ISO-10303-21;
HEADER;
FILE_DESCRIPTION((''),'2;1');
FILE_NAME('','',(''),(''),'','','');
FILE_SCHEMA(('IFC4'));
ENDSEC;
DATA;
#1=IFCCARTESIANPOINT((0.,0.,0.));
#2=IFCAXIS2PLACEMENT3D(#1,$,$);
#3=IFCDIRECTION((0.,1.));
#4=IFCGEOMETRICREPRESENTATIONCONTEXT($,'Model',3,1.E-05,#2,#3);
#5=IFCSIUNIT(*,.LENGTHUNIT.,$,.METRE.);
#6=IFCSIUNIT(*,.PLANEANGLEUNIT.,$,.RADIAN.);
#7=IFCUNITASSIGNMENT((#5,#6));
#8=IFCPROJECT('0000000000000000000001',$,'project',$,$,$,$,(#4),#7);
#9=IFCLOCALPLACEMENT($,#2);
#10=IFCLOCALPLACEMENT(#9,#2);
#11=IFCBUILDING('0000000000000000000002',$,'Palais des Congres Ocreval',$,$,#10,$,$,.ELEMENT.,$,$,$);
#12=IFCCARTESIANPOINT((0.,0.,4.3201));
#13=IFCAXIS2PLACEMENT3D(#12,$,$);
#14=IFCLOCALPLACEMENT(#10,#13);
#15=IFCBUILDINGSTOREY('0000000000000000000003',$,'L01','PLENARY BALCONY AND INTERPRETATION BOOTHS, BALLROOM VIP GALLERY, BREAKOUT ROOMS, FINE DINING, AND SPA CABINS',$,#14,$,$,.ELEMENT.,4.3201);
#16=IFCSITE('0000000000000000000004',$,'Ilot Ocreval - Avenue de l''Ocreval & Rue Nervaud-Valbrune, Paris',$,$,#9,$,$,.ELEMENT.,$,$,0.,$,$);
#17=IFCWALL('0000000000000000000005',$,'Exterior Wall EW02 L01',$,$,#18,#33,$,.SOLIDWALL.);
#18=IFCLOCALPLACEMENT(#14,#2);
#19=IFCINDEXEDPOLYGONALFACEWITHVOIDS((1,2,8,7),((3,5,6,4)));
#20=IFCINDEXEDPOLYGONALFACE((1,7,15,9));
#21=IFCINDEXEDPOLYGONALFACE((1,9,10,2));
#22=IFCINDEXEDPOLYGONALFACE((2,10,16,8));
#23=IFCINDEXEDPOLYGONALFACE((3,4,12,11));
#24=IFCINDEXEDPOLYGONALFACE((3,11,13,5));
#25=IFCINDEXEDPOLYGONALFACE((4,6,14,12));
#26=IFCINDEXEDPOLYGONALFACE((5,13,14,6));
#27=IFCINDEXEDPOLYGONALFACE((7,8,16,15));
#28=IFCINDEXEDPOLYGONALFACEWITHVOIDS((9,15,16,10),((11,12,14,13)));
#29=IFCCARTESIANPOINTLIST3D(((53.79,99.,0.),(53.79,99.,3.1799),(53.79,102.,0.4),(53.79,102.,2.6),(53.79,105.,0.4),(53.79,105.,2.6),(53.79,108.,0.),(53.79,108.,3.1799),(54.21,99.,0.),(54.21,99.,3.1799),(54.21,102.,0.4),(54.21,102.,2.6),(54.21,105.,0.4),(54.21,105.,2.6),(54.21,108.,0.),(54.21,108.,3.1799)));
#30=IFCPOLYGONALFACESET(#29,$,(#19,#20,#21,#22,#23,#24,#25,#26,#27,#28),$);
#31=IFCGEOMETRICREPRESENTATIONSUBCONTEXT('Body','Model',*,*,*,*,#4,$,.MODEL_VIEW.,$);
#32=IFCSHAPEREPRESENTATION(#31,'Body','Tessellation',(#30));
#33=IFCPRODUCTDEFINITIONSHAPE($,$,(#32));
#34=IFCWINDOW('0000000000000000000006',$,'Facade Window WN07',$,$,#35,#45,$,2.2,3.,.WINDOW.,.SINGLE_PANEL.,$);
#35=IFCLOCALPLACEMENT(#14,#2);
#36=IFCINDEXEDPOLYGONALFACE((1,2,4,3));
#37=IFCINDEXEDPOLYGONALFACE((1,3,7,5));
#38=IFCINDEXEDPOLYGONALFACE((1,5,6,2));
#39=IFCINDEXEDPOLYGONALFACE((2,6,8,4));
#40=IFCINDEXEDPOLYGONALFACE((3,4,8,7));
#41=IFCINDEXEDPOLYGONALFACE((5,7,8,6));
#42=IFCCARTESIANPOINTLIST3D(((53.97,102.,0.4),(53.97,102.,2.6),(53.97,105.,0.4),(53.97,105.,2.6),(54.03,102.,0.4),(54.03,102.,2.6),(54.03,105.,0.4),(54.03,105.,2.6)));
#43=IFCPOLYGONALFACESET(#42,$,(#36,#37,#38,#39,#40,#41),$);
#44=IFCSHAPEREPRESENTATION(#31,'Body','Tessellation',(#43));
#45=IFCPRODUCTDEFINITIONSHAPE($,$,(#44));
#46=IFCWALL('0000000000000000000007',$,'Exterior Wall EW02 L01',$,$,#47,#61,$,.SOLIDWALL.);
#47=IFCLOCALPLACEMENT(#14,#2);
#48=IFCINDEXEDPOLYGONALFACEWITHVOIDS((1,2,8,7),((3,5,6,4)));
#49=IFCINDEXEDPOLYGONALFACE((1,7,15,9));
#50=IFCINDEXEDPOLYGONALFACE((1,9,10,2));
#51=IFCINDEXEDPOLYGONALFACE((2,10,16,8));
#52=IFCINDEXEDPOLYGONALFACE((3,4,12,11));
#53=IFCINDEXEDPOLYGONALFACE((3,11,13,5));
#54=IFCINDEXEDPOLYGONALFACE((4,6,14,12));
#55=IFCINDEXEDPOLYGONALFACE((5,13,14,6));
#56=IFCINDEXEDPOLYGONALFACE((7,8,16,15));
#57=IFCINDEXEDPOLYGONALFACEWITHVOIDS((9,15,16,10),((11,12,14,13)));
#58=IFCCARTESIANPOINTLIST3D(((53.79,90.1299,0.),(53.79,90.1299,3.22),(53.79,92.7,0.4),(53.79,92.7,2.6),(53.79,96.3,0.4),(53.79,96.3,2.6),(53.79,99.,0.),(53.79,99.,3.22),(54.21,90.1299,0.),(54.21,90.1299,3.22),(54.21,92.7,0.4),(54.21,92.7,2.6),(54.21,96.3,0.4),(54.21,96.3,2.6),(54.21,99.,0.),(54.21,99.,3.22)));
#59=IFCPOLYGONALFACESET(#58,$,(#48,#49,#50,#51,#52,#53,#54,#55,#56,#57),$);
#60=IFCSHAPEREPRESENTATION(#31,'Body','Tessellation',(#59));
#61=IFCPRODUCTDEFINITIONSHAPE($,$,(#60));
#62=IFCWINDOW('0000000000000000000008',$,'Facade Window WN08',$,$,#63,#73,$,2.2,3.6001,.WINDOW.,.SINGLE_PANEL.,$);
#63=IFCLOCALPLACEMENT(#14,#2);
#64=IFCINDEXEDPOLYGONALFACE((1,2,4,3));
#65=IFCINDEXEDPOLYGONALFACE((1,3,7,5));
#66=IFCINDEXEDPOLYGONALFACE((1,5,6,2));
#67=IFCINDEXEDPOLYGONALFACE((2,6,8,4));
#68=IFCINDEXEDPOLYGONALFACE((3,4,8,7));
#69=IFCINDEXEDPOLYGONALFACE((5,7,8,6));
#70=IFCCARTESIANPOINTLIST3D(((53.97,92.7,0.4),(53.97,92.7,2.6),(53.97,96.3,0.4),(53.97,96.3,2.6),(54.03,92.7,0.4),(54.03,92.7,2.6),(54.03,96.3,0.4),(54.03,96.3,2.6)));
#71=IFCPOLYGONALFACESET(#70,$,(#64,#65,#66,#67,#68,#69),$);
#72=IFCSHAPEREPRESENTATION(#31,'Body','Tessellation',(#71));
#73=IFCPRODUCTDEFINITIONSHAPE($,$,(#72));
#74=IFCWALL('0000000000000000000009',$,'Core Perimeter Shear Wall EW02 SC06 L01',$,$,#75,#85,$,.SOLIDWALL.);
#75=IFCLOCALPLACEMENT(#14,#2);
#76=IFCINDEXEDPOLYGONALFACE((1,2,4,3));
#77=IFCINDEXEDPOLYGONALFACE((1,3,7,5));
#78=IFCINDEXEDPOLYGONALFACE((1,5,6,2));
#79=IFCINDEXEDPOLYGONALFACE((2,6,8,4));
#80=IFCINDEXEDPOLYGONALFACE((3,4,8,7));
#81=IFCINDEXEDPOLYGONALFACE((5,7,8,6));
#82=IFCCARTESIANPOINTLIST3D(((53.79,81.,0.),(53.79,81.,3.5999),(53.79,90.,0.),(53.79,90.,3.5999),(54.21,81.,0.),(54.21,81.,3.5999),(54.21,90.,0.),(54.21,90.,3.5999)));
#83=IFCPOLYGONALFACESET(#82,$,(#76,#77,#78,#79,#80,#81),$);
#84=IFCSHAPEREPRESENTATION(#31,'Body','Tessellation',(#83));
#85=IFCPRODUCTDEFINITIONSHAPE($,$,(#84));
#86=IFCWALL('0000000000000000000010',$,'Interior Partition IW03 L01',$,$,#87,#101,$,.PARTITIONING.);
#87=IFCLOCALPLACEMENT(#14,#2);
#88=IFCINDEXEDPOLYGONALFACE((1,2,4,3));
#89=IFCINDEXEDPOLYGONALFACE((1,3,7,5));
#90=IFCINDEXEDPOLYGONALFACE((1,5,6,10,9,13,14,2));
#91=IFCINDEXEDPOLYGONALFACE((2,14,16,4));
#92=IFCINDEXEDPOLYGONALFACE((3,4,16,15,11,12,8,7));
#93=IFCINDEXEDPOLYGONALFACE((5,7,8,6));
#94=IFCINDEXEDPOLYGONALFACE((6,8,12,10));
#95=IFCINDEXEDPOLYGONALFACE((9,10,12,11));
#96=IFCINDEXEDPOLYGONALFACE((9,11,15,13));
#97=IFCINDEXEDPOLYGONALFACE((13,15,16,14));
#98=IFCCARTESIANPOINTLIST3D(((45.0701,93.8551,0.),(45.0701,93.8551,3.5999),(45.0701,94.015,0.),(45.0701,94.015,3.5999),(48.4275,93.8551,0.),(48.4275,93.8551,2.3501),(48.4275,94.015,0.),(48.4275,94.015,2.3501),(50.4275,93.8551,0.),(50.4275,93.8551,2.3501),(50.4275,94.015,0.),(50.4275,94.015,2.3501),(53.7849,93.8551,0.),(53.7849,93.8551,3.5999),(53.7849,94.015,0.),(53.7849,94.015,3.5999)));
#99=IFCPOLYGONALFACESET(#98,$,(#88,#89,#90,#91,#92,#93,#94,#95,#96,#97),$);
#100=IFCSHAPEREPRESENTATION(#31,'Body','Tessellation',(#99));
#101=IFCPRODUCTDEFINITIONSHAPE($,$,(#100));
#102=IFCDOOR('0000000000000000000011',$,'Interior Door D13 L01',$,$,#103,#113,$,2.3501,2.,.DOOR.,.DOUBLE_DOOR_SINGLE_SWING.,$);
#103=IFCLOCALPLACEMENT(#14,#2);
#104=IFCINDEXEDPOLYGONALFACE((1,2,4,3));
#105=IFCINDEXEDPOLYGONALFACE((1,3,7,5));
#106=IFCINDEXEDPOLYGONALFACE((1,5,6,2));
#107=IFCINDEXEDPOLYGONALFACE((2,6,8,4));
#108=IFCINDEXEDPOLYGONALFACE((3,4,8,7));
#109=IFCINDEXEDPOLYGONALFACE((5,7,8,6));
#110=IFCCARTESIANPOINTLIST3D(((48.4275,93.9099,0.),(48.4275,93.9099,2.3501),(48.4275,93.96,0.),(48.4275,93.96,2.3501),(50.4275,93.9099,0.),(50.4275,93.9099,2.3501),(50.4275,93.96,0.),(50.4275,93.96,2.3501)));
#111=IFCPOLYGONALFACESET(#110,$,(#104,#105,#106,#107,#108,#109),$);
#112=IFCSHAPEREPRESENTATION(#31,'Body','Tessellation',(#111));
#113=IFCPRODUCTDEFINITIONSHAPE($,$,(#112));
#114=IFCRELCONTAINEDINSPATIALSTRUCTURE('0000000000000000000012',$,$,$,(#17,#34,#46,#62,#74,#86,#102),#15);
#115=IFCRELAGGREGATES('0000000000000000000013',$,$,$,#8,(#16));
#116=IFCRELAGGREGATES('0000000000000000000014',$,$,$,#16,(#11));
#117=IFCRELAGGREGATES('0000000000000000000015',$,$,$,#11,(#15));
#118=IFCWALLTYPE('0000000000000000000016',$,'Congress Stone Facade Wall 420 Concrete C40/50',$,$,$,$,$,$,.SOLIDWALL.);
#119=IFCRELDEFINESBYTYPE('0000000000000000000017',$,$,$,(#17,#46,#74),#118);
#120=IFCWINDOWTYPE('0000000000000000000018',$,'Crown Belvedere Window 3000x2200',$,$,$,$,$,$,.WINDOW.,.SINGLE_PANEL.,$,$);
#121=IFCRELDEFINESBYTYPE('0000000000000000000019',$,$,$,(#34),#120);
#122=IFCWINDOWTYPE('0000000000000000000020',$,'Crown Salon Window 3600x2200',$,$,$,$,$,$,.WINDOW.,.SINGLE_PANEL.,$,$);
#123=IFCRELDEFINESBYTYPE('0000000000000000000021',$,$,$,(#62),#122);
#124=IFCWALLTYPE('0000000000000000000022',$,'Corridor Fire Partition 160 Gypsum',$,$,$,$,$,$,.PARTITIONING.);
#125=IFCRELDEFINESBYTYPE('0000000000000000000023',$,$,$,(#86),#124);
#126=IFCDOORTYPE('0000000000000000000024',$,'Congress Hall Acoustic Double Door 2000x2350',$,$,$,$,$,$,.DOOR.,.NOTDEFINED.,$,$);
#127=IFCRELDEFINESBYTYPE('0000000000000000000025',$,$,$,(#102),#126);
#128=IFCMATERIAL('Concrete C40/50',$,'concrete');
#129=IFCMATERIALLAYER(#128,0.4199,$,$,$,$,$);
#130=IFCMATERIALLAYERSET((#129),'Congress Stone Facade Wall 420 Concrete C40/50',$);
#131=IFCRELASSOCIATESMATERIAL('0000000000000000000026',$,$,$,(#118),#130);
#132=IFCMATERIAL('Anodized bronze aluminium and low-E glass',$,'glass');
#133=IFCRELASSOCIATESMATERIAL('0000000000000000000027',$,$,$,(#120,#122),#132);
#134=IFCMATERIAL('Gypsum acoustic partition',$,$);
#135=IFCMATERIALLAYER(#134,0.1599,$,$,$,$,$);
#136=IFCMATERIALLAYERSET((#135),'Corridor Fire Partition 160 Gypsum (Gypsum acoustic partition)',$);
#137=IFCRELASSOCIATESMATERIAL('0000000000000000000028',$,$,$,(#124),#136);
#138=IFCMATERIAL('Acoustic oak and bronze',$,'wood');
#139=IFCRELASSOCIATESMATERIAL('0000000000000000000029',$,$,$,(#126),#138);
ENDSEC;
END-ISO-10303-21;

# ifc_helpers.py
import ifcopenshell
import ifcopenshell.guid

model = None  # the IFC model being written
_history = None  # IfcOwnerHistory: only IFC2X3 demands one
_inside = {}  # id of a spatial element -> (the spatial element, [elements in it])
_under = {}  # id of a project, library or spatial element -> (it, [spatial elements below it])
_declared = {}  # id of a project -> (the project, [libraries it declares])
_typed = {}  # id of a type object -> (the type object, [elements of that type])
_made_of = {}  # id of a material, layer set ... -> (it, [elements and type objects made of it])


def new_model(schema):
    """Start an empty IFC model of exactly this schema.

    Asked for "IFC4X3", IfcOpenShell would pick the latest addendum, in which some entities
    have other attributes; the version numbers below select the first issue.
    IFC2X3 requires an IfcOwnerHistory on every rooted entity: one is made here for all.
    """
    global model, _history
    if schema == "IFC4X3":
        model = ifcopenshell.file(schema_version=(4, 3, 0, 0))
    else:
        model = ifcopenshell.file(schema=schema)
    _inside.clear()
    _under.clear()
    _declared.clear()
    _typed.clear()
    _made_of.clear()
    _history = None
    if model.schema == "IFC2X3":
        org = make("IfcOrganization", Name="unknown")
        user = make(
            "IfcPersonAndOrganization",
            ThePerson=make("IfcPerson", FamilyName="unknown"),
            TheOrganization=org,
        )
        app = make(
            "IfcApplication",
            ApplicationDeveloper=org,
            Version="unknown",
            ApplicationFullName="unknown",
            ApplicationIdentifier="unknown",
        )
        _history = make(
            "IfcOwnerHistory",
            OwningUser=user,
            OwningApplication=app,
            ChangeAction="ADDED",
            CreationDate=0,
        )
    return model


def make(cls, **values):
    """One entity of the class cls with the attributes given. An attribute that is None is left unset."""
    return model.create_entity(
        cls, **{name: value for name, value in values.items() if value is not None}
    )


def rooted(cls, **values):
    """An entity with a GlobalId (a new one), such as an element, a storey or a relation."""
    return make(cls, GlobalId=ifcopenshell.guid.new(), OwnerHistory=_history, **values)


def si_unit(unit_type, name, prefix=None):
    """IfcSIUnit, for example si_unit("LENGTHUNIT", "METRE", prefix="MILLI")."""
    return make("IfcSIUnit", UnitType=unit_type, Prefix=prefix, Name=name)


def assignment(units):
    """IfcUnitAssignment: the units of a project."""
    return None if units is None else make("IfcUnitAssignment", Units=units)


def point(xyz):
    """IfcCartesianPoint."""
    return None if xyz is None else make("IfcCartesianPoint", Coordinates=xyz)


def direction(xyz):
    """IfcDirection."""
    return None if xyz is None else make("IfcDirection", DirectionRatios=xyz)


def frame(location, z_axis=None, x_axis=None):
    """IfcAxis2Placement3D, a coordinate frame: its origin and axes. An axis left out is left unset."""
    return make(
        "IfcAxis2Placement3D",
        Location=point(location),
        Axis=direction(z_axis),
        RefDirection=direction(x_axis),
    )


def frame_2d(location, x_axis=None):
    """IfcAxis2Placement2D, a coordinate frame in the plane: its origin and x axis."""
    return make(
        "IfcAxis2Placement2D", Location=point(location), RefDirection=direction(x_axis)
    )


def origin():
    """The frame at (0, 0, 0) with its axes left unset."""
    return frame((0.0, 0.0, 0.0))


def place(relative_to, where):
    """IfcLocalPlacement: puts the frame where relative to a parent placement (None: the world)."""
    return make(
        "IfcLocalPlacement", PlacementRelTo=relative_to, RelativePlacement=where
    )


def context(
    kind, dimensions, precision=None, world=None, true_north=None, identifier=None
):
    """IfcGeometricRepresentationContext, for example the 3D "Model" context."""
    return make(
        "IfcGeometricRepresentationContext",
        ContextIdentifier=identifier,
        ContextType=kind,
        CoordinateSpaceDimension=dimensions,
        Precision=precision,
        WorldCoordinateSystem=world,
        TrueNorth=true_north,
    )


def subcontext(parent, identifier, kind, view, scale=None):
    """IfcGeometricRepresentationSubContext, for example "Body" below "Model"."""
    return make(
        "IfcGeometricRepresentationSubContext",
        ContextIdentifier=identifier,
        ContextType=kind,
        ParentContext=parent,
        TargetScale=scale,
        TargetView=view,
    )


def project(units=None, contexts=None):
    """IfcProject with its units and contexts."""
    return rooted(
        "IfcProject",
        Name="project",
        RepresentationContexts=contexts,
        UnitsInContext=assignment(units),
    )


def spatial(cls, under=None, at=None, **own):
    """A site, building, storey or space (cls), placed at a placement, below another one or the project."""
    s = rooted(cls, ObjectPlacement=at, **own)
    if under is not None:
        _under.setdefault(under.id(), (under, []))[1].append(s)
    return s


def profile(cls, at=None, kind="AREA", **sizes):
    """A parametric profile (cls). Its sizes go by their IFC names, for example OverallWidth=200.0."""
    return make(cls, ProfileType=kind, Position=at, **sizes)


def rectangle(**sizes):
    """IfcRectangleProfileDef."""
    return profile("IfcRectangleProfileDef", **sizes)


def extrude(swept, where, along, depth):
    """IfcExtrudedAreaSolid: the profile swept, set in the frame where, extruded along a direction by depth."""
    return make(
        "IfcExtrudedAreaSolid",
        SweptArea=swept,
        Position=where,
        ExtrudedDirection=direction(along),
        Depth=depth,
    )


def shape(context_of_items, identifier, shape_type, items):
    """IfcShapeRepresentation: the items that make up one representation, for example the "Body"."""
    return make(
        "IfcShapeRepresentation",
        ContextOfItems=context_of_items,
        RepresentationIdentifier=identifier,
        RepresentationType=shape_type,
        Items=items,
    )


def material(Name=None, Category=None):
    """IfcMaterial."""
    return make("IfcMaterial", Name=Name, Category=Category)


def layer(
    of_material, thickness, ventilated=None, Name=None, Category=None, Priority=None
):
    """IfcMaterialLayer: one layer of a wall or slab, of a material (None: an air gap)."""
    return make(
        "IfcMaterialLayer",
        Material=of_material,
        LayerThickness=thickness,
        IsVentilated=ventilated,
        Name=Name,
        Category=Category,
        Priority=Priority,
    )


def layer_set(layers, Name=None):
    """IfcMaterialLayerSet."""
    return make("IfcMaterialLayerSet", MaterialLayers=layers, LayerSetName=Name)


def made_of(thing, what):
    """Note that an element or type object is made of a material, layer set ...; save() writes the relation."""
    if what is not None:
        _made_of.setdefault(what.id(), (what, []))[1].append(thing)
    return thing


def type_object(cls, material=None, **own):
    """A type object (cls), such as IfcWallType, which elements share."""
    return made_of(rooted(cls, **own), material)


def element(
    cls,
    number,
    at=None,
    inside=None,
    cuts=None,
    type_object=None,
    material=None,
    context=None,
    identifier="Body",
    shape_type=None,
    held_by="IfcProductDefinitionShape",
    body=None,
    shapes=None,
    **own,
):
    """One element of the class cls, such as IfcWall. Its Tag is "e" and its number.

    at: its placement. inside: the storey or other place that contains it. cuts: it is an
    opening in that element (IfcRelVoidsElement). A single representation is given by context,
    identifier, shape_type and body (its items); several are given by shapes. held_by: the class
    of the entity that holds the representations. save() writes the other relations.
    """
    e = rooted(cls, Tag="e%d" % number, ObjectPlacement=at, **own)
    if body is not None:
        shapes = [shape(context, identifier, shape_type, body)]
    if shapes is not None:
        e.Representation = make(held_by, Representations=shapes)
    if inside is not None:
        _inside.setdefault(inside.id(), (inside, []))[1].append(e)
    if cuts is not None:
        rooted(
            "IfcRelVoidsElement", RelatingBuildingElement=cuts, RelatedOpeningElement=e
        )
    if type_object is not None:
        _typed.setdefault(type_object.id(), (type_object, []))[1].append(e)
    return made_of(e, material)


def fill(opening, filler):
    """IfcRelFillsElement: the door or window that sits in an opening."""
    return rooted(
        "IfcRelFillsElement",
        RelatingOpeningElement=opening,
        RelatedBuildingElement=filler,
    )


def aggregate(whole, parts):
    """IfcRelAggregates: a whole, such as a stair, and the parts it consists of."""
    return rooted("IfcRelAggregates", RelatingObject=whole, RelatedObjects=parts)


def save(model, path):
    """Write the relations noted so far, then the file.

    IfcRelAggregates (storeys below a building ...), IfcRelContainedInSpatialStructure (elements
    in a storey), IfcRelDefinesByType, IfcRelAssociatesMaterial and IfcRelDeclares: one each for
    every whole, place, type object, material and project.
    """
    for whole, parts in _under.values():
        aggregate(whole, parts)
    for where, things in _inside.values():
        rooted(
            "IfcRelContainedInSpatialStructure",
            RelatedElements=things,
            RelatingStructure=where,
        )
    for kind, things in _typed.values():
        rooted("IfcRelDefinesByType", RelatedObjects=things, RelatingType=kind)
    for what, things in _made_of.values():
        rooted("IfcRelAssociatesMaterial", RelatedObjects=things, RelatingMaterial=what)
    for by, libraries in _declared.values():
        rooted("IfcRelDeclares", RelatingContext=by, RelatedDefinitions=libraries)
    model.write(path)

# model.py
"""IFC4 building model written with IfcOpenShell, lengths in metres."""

from ifc_helpers import new_model, si_unit, direction, frame, frame_2d, origin, place, context, subcontext, project, spatial, rectangle, extrude, material, layer, layer_set, type_object, element, fill, save


model = new_model("IFC4")

# Units and contexts
model_context = context("Model", 3, precision=1e-05, world=origin(), true_north=direction((0.0, 1.0)))
body_context = subcontext(model_context, "Body", "Model", "MODEL_VIEW")
ifc_project = project(units=[si_unit("LENGTHUNIT", "METRE"), si_unit("PLANEANGLEUNIT", "RADIAN")], contexts=[model_context])

# Site, building, storey
site_placement = place(None, origin())
site = spatial("IfcSite", under=ifc_project, at=site_placement, Name="Ilot Ocreval - Avenue de l'Ocreval & Rue Nervaud-Valbrune, Paris", CompositionType="ELEMENT", RefElevation=0.0)
building_placement = place(site_placement, origin())
building = spatial("IfcBuilding", under=site, at=building_placement, Name="Palais des Congres Ocreval", CompositionType="ELEMENT")
storey_placement = place(building_placement, frame((0.0, 0.0, 4.3201)))
storey = spatial("IfcBuildingStorey", under=building, at=storey_placement, Name="L01", Description="PLENARY BALCONY AND INTERPRETATION BOOTHS, BALLROOM VIP GALLERY, BREAKOUT ROOMS, FINE DINING, AND SPA CABINS", CompositionType="ELEMENT", Elevation=4.3201)

# Shared definitions
ifc_material_1 = material(Name="Concrete C40/50", Category="concrete")
ifc_layer_1 = layer(ifc_material_1, 0.4199)
ifc_layer_set_1 = layer_set([ifc_layer_1], Name="Congress Stone Facade Wall 420 Concrete C40/50")
wall_type_1 = type_object("IfcWallType", Name="Congress Stone Facade Wall 420 Concrete C40/50", PredefinedType="SOLIDWALL", material=ifc_layer_set_1)

# Walls, openings, windows
ifc_material_2 = material(Name="Anodized bronze aluminium and low-E glass", Category="glass")
wall_1_placement = place(storey_placement, frame((54.0, 108.0, 0.0), z_axis=(0.0, 0.0, 1.0), x_axis=(0.0, -1.0, 0.0)))
wall_1 = element("IfcWall", 1, at=wall_1_placement, inside=storey, type_object=wall_type_1, Name="Exterior Wall EW02 L01", PredefinedType="SOLIDWALL", context=body_context, shape_type="SweptSolid", body=[
    extrude(rectangle(XDim=9.0, YDim=0.4199, at=frame_2d((4.5, 0.0))), origin(), (0.0, 0.0, 1.0), 3.1799),
])
opening_1_placement = place(wall_1_placement, frame((3.0, 0.0, 0.3999)))
opening_1 = element("IfcOpeningElement", 2, at=opening_1_placement, cuts=wall_1, PredefinedType="OPENING", context=body_context, shape_type="SweptSolid", body=[
    extrude(rectangle(XDim=3.0, YDim=2.2, at=frame_2d((1.5, 1.1001))), frame((0.0, 0.22, 0.0), z_axis=(0.0, -1.0, 0.0), x_axis=(1.0, 0.0, 0.0)), (0.0, 0.0, 1.0), 0.4399),
])
window_type_1 = type_object("IfcWindowType", Name="Crown Belvedere Window 3000x2200", PartitioningType="SINGLE_PANEL", PredefinedType="WINDOW", material=ifc_material_2)
window_1_placement = place(opening_1_placement, origin())
window_1 = element("IfcWindow", 3, at=window_1_placement, inside=storey, type_object=window_type_1, Name="Facade Window WN07", OverallHeight=2.2, OverallWidth=3.0, PartitioningType="SINGLE_PANEL", PredefinedType="WINDOW", context=body_context, shape_type="SweptSolid", body=[
    extrude(rectangle(XDim=3.0, YDim=2.2, at=frame_2d((1.5, 1.1001))), frame((0.0, 0.03, 0.0), z_axis=(0.0, -1.0, 0.0), x_axis=(1.0, 0.0, 0.0)), (0.0, 0.0, 1.0), 0.0601),
])
fill(opening_1, window_1)
wall_2_placement = place(storey_placement, frame((54.0, 99.0, 0.0), z_axis=(0.0, 0.0, 1.0), x_axis=(0.0, -1.0, 0.0)))
wall_2 = element("IfcWall", 4, at=wall_2_placement, inside=storey, type_object=wall_type_1, Name="Exterior Wall EW02 L01", PredefinedType="SOLIDWALL", context=body_context, shape_type="SweptSolid", body=[
    extrude(rectangle(XDim=8.8701, YDim=0.4199, at=frame_2d((4.4351, 0.0))), origin(), (0.0, 0.0, 1.0), 3.22),
])
opening_2_placement = place(wall_2_placement, frame((2.7, 0.0, 0.3999)))
opening_2 = element("IfcOpeningElement", 5, at=opening_2_placement, cuts=wall_2, PredefinedType="OPENING", context=body_context, shape_type="SweptSolid", body=[
    extrude(rectangle(XDim=3.6001, YDim=2.2, at=frame_2d((1.8, 1.1001))), frame((0.0, 0.22, 0.0), z_axis=(0.0, -1.0, 0.0), x_axis=(1.0, 0.0, 0.0)), (0.0, 0.0, 1.0), 0.4399),
])
window_type_2 = type_object("IfcWindowType", Name="Crown Salon Window 3600x2200", PartitioningType="SINGLE_PANEL", PredefinedType="WINDOW", material=ifc_material_2)
window_2_placement = place(opening_2_placement, origin())
window_2 = element("IfcWindow", 6, at=window_2_placement, inside=storey, type_object=window_type_2, Name="Facade Window WN08", OverallHeight=2.2, OverallWidth=3.6001, PartitioningType="SINGLE_PANEL", PredefinedType="WINDOW", context=body_context, shape_type="SweptSolid", body=[
    extrude(rectangle(XDim=3.6001, YDim=2.2, at=frame_2d((1.8, 1.1001))), frame((0.0, 0.03, 0.0), z_axis=(0.0, -1.0, 0.0), x_axis=(1.0, 0.0, 0.0)), (0.0, 0.0, 1.0), 0.0601),
])
fill(opening_2, window_2)

# Wall
wall_3_placement = place(storey_placement, frame((54.0, 90.0, 0.0), z_axis=(0.0, 0.0, 1.0), x_axis=(0.0, -1.0, 0.0)))
element("IfcWall", 7, at=wall_3_placement, inside=storey, type_object=wall_type_1, Name="Core Perimeter Shear Wall EW02 SC06 L01", PredefinedType="SOLIDWALL", context=body_context, shape_type="SweptSolid", body=[
    extrude(rectangle(XDim=9.0, YDim=0.4199, at=frame_2d((4.5, 0.0))), origin(), (0.0, 0.0, 1.0), 3.5999),
])

# Wall, opening, door
ifc_material_3 = material(Name="Gypsum acoustic partition")
ifc_layer_2 = layer(ifc_material_3, 0.1599)
ifc_layer_set_2 = layer_set([ifc_layer_2], Name="Corridor Fire Partition 160 Gypsum (Gypsum acoustic partition)")
wall_type_2 = type_object("IfcWallType", Name="Corridor Fire Partition 160 Gypsum", PredefinedType="PARTITIONING", material=ifc_layer_set_2)
wall_4_placement = place(storey_placement, frame((45.0701, 93.9351, 0.0), z_axis=(0.0, 0.0, 1.0), x_axis=(1.0, 0.0, 0.0)))
wall_4 = element("IfcWall", 8, at=wall_4_placement, inside=storey, type_object=wall_type_2, Name="Interior Partition IW03 L01", PredefinedType="PARTITIONING", context=body_context, shape_type="SweptSolid", body=[
    extrude(rectangle(XDim=8.7148, YDim=0.1599, at=frame_2d((4.3574, 0.0))), origin(), (0.0, 0.0, 1.0), 3.5999),
])
opening_3_placement = place(wall_4_placement, frame((3.3574, 0.0, 0.0)))
opening_3 = element("IfcOpeningElement", 9, at=opening_3_placement, cuts=wall_4, PredefinedType="OPENING", context=body_context, shape_type="SweptSolid", body=[
    extrude(rectangle(XDim=2.0, YDim=2.3501, at=frame_2d((1.0, 1.175))), frame((0.0, 0.0898, 0.0), z_axis=(0.0, -1.0, 0.0), x_axis=(1.0, 0.0, 0.0)), (0.0, 0.0, 1.0), 0.1799),
])
ifc_material_4 = material(Name="Acoustic oak and bronze", Category="wood")
door_type = type_object("IfcDoorType", Name="Congress Hall Acoustic Double Door 2000x2350", OperationType="NOTDEFINED", PredefinedType="DOOR", material=ifc_material_4)
door_placement = place(opening_3_placement, origin())
door = element("IfcDoor", 10, at=door_placement, inside=storey, type_object=door_type, Name="Interior Door D13 L01", OperationType="DOUBLE_DOOR_SINGLE_SWING", OverallHeight=2.3501, OverallWidth=2.0, PredefinedType="DOOR", context=body_context, shape_type="SweptSolid", body=[
    extrude(rectangle(XDim=2.0, YDim=2.3501, at=frame_2d((1.0, 1.175))), frame((0.0, 0.0249, 0.0), z_axis=(0.0, -1.0, 0.0), x_axis=(1.0, 0.0, 0.0)), (0.0, 0.0, 1.0), 0.05),
])
fill(opening_3, door)

save(model, "model.ifc")
